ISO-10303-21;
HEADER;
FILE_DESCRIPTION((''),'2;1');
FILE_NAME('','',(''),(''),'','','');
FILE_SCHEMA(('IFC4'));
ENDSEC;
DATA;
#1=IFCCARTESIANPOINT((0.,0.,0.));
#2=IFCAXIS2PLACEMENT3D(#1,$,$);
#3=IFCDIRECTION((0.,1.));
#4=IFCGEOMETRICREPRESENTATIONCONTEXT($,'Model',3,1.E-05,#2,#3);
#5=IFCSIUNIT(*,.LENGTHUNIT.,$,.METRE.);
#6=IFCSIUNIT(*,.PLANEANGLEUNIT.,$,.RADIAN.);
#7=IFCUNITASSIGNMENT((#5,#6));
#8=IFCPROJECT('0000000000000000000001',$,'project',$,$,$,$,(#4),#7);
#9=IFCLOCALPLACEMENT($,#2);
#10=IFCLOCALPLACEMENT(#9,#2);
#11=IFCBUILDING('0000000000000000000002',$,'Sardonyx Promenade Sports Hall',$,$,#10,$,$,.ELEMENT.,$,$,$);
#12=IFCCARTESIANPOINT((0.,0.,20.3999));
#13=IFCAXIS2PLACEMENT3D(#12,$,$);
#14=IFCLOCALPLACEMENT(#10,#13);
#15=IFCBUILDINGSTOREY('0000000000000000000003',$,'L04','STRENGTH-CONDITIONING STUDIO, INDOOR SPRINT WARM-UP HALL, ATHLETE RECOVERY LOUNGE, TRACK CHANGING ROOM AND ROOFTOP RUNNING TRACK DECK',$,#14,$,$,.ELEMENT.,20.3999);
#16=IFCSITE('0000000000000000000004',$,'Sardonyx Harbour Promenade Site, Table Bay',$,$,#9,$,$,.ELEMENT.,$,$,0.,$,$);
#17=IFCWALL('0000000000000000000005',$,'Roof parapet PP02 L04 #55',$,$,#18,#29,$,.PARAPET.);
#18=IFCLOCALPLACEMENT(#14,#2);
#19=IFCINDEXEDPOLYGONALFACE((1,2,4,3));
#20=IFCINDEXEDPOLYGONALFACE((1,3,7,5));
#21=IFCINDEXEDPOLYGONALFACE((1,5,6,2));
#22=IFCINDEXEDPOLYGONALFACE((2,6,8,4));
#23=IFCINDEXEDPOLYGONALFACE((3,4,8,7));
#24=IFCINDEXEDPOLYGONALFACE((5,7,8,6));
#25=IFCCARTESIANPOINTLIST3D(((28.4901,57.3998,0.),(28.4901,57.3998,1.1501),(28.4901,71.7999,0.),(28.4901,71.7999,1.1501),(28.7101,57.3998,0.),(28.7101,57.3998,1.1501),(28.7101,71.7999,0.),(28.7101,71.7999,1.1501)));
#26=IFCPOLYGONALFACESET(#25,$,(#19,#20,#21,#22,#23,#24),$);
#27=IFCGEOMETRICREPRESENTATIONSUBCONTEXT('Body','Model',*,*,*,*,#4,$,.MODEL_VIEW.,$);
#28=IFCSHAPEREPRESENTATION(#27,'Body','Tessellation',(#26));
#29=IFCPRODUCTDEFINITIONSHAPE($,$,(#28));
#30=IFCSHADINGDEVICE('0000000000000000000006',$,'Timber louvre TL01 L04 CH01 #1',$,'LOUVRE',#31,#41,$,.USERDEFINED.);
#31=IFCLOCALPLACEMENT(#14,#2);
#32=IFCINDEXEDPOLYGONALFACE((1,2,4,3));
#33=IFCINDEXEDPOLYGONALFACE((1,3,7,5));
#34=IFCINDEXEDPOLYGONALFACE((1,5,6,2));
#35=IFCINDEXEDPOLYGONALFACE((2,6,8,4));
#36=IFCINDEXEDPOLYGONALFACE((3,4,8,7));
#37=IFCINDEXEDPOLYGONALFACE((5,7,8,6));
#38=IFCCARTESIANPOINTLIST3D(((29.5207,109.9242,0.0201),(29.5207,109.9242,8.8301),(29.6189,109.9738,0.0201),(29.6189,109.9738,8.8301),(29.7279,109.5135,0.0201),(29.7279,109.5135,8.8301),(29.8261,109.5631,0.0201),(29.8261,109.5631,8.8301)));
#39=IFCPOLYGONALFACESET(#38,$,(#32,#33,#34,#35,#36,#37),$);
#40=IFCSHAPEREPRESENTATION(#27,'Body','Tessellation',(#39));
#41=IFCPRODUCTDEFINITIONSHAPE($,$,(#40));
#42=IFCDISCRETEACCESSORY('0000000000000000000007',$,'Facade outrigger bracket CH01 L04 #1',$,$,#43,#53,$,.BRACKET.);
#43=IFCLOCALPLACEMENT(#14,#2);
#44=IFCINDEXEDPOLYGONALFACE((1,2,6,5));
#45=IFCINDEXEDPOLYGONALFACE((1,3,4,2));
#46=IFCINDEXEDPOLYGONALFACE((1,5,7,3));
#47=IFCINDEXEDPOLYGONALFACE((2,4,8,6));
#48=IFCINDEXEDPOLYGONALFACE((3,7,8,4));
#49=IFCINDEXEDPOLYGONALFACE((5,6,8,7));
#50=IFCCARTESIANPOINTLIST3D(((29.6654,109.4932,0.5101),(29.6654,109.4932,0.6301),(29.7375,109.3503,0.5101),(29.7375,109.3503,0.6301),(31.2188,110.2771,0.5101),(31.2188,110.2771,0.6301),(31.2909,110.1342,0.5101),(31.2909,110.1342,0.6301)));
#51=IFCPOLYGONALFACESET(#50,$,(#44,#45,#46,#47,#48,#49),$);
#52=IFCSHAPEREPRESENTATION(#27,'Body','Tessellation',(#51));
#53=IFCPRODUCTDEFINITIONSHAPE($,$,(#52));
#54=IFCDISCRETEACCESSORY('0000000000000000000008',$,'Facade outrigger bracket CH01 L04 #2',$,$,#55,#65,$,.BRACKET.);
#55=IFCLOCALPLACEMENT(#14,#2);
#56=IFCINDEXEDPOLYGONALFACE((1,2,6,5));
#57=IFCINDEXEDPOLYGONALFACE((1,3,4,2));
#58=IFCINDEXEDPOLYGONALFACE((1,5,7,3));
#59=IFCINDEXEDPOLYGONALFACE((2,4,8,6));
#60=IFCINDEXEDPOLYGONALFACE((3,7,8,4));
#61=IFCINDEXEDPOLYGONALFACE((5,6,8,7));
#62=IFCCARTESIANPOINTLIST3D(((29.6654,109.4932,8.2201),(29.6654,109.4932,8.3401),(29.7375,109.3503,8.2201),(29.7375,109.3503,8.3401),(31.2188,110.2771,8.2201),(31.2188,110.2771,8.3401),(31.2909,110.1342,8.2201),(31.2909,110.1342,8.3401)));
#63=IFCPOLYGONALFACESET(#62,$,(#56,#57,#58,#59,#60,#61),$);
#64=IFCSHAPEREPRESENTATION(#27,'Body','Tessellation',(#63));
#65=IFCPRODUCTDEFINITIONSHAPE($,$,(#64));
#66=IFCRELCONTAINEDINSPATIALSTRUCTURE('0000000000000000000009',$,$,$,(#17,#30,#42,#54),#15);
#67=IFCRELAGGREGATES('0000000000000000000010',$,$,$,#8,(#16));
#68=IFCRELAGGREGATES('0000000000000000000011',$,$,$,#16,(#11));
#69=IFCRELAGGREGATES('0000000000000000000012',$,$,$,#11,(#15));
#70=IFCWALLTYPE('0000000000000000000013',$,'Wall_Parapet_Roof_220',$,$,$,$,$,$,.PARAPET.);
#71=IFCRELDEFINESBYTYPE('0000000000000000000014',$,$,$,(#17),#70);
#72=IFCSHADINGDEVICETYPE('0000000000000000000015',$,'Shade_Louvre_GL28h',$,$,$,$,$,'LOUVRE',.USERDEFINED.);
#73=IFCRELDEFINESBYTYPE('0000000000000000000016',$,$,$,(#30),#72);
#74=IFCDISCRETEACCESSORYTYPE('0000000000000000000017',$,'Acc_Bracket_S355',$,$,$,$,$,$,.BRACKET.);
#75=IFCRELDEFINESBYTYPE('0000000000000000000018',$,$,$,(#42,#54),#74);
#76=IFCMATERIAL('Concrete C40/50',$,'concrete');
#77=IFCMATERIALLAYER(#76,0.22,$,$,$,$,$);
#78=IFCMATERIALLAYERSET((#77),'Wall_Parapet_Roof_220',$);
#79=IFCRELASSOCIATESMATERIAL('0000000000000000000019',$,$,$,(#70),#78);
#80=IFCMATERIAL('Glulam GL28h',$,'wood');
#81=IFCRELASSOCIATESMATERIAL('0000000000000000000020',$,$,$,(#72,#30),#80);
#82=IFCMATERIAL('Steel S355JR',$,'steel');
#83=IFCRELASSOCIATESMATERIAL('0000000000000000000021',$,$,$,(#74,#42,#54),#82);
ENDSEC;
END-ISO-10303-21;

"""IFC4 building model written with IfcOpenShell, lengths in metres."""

from ifc_helpers import new_model, si_unit, direction, frame, frame_2d, origin, place, context, subcontext, project, spatial, rectangle, extrude, material, layer, layer_set, type_object, element, save


model = new_model("IFC4")

# Units and contexts
model_context = context("Model", 3, precision=1e-05, world=origin(), true_north=direction((0.0, 1.0)))
body_context = subcontext(model_context, "Body", "Model", "MODEL_VIEW")
ifc_project = project(units=[si_unit("LENGTHUNIT", "METRE"), si_unit("PLANEANGLEUNIT", "RADIAN")], contexts=[model_context])

# Site, building, storey
site_placement = place(None, origin())
site = spatial("IfcSite", under=ifc_project, at=site_placement, Name="Sardonyx Harbour Promenade Site, Table Bay", CompositionType="ELEMENT", RefElevation=0.0)
building_placement = place(site_placement, origin())
building = spatial("IfcBuilding", under=site, at=building_placement, Name="Sardonyx Promenade Sports Hall", CompositionType="ELEMENT")
storey_placement = place(building_placement, frame((0.0, 0.0, 20.3999)))
storey = spatial("IfcBuildingStorey", under=building, at=storey_placement, Name="L04", Description="STRENGTH-CONDITIONING STUDIO, INDOOR SPRINT WARM-UP HALL, ATHLETE RECOVERY LOUNGE, TRACK CHANGING ROOM AND ROOFTOP RUNNING TRACK DECK", CompositionType="ELEMENT", Elevation=20.3999)

# Wall
ifc_material_1 = material(Name="Concrete C40/50", Category="concrete")
ifc_layer_1 = layer(ifc_material_1, 0.22)
ifc_layer_set_1 = layer_set([ifc_layer_1], Name="Wall_Parapet_Roof_220")
wall_type_1 = type_object("IfcWallType", Name="Wall_Parapet_Roof_220", PredefinedType="PARAPET", material=ifc_layer_set_1)
wall_1_placement = place(storey_placement, frame((28.6001, 71.8, 0.0), z_axis=(0.0, 0.0, 1.0), x_axis=(0.0, -1.0, 0.0)))
element("IfcWall", 1, at=wall_1_placement, inside=storey, type_object=wall_type_1, Name="Roof parapet PP02 L04 #55", PredefinedType="PARAPET", context=body_context, shape_type="SweptSolid", body=[
    extrude(rectangle(XDim=14.4001, YDim=0.22, at=frame_2d((7.2002, 0.0))), origin(), (0.0, 0.0, 1.0), 1.1501),
])

# Shading device
ifc_material_2 = material(Name="Glulam GL28h", Category="wood")
shading_device_type = type_object("IfcShadingDeviceType", Name="Shade_Louvre_GL28h", ElementType="LOUVRE", PredefinedType="USERDEFINED", material=ifc_material_2)
shading_device_placement = place(storey_placement, frame((29.6734, 109.7437, 0.0201), z_axis=(0.0, 0.0, 1.0), x_axis=(0.892774, 0.450505, 0.0)))
element("IfcShadingDevice", 2, at=shading_device_placement, inside=storey, type_object=shading_device_type, material=ifc_material_2, Name="Timber louvre TL01 L04 CH01 #1", ObjectType="LOUVRE", PredefinedType="USERDEFINED", context=body_context, shape_type="SweptSolid", body=[
    extrude(rectangle(XDim=0.11, YDim=0.46), origin(), (0.0, 0.0, 1.0), 8.81),
])

# Discrete accessories
ifc_material_3 = material(Name="Steel S355JR", Category="steel")
discrete_accessory_type = type_object("IfcDiscreteAccessoryType", Name="Acc_Bracket_S355", PredefinedType="BRACKET", material=ifc_material_3)
for number, where, z_axis, x_axis, name in (
    (3, (30.4781, 109.8137, 0.5101), (0.0, 0.0, 1.0), (0.892774, 0.450505, 0.0), "Facade outrigger bracket CH01 L04 #1"),
    (4, (30.4781, 109.8137, 8.2201), (0.0, 0.0, 1.0), (0.892774, 0.450505, 0.0), "Facade outrigger bracket CH01 L04 #2"),
):
    element("IfcDiscreteAccessory", number, at=place(storey_placement, frame(where, z_axis=z_axis, x_axis=x_axis)), inside=storey, type_object=discrete_accessory_type, material=ifc_material_3, Name=name, PredefinedType="BRACKET", context=body_context, shape_type="SweptSolid", body=[
        extrude(rectangle(XDim=1.74, YDim=0.16), origin(), (0.0, 0.0, 1.0), 0.12),
    ])

save(model, "model.ifc")
